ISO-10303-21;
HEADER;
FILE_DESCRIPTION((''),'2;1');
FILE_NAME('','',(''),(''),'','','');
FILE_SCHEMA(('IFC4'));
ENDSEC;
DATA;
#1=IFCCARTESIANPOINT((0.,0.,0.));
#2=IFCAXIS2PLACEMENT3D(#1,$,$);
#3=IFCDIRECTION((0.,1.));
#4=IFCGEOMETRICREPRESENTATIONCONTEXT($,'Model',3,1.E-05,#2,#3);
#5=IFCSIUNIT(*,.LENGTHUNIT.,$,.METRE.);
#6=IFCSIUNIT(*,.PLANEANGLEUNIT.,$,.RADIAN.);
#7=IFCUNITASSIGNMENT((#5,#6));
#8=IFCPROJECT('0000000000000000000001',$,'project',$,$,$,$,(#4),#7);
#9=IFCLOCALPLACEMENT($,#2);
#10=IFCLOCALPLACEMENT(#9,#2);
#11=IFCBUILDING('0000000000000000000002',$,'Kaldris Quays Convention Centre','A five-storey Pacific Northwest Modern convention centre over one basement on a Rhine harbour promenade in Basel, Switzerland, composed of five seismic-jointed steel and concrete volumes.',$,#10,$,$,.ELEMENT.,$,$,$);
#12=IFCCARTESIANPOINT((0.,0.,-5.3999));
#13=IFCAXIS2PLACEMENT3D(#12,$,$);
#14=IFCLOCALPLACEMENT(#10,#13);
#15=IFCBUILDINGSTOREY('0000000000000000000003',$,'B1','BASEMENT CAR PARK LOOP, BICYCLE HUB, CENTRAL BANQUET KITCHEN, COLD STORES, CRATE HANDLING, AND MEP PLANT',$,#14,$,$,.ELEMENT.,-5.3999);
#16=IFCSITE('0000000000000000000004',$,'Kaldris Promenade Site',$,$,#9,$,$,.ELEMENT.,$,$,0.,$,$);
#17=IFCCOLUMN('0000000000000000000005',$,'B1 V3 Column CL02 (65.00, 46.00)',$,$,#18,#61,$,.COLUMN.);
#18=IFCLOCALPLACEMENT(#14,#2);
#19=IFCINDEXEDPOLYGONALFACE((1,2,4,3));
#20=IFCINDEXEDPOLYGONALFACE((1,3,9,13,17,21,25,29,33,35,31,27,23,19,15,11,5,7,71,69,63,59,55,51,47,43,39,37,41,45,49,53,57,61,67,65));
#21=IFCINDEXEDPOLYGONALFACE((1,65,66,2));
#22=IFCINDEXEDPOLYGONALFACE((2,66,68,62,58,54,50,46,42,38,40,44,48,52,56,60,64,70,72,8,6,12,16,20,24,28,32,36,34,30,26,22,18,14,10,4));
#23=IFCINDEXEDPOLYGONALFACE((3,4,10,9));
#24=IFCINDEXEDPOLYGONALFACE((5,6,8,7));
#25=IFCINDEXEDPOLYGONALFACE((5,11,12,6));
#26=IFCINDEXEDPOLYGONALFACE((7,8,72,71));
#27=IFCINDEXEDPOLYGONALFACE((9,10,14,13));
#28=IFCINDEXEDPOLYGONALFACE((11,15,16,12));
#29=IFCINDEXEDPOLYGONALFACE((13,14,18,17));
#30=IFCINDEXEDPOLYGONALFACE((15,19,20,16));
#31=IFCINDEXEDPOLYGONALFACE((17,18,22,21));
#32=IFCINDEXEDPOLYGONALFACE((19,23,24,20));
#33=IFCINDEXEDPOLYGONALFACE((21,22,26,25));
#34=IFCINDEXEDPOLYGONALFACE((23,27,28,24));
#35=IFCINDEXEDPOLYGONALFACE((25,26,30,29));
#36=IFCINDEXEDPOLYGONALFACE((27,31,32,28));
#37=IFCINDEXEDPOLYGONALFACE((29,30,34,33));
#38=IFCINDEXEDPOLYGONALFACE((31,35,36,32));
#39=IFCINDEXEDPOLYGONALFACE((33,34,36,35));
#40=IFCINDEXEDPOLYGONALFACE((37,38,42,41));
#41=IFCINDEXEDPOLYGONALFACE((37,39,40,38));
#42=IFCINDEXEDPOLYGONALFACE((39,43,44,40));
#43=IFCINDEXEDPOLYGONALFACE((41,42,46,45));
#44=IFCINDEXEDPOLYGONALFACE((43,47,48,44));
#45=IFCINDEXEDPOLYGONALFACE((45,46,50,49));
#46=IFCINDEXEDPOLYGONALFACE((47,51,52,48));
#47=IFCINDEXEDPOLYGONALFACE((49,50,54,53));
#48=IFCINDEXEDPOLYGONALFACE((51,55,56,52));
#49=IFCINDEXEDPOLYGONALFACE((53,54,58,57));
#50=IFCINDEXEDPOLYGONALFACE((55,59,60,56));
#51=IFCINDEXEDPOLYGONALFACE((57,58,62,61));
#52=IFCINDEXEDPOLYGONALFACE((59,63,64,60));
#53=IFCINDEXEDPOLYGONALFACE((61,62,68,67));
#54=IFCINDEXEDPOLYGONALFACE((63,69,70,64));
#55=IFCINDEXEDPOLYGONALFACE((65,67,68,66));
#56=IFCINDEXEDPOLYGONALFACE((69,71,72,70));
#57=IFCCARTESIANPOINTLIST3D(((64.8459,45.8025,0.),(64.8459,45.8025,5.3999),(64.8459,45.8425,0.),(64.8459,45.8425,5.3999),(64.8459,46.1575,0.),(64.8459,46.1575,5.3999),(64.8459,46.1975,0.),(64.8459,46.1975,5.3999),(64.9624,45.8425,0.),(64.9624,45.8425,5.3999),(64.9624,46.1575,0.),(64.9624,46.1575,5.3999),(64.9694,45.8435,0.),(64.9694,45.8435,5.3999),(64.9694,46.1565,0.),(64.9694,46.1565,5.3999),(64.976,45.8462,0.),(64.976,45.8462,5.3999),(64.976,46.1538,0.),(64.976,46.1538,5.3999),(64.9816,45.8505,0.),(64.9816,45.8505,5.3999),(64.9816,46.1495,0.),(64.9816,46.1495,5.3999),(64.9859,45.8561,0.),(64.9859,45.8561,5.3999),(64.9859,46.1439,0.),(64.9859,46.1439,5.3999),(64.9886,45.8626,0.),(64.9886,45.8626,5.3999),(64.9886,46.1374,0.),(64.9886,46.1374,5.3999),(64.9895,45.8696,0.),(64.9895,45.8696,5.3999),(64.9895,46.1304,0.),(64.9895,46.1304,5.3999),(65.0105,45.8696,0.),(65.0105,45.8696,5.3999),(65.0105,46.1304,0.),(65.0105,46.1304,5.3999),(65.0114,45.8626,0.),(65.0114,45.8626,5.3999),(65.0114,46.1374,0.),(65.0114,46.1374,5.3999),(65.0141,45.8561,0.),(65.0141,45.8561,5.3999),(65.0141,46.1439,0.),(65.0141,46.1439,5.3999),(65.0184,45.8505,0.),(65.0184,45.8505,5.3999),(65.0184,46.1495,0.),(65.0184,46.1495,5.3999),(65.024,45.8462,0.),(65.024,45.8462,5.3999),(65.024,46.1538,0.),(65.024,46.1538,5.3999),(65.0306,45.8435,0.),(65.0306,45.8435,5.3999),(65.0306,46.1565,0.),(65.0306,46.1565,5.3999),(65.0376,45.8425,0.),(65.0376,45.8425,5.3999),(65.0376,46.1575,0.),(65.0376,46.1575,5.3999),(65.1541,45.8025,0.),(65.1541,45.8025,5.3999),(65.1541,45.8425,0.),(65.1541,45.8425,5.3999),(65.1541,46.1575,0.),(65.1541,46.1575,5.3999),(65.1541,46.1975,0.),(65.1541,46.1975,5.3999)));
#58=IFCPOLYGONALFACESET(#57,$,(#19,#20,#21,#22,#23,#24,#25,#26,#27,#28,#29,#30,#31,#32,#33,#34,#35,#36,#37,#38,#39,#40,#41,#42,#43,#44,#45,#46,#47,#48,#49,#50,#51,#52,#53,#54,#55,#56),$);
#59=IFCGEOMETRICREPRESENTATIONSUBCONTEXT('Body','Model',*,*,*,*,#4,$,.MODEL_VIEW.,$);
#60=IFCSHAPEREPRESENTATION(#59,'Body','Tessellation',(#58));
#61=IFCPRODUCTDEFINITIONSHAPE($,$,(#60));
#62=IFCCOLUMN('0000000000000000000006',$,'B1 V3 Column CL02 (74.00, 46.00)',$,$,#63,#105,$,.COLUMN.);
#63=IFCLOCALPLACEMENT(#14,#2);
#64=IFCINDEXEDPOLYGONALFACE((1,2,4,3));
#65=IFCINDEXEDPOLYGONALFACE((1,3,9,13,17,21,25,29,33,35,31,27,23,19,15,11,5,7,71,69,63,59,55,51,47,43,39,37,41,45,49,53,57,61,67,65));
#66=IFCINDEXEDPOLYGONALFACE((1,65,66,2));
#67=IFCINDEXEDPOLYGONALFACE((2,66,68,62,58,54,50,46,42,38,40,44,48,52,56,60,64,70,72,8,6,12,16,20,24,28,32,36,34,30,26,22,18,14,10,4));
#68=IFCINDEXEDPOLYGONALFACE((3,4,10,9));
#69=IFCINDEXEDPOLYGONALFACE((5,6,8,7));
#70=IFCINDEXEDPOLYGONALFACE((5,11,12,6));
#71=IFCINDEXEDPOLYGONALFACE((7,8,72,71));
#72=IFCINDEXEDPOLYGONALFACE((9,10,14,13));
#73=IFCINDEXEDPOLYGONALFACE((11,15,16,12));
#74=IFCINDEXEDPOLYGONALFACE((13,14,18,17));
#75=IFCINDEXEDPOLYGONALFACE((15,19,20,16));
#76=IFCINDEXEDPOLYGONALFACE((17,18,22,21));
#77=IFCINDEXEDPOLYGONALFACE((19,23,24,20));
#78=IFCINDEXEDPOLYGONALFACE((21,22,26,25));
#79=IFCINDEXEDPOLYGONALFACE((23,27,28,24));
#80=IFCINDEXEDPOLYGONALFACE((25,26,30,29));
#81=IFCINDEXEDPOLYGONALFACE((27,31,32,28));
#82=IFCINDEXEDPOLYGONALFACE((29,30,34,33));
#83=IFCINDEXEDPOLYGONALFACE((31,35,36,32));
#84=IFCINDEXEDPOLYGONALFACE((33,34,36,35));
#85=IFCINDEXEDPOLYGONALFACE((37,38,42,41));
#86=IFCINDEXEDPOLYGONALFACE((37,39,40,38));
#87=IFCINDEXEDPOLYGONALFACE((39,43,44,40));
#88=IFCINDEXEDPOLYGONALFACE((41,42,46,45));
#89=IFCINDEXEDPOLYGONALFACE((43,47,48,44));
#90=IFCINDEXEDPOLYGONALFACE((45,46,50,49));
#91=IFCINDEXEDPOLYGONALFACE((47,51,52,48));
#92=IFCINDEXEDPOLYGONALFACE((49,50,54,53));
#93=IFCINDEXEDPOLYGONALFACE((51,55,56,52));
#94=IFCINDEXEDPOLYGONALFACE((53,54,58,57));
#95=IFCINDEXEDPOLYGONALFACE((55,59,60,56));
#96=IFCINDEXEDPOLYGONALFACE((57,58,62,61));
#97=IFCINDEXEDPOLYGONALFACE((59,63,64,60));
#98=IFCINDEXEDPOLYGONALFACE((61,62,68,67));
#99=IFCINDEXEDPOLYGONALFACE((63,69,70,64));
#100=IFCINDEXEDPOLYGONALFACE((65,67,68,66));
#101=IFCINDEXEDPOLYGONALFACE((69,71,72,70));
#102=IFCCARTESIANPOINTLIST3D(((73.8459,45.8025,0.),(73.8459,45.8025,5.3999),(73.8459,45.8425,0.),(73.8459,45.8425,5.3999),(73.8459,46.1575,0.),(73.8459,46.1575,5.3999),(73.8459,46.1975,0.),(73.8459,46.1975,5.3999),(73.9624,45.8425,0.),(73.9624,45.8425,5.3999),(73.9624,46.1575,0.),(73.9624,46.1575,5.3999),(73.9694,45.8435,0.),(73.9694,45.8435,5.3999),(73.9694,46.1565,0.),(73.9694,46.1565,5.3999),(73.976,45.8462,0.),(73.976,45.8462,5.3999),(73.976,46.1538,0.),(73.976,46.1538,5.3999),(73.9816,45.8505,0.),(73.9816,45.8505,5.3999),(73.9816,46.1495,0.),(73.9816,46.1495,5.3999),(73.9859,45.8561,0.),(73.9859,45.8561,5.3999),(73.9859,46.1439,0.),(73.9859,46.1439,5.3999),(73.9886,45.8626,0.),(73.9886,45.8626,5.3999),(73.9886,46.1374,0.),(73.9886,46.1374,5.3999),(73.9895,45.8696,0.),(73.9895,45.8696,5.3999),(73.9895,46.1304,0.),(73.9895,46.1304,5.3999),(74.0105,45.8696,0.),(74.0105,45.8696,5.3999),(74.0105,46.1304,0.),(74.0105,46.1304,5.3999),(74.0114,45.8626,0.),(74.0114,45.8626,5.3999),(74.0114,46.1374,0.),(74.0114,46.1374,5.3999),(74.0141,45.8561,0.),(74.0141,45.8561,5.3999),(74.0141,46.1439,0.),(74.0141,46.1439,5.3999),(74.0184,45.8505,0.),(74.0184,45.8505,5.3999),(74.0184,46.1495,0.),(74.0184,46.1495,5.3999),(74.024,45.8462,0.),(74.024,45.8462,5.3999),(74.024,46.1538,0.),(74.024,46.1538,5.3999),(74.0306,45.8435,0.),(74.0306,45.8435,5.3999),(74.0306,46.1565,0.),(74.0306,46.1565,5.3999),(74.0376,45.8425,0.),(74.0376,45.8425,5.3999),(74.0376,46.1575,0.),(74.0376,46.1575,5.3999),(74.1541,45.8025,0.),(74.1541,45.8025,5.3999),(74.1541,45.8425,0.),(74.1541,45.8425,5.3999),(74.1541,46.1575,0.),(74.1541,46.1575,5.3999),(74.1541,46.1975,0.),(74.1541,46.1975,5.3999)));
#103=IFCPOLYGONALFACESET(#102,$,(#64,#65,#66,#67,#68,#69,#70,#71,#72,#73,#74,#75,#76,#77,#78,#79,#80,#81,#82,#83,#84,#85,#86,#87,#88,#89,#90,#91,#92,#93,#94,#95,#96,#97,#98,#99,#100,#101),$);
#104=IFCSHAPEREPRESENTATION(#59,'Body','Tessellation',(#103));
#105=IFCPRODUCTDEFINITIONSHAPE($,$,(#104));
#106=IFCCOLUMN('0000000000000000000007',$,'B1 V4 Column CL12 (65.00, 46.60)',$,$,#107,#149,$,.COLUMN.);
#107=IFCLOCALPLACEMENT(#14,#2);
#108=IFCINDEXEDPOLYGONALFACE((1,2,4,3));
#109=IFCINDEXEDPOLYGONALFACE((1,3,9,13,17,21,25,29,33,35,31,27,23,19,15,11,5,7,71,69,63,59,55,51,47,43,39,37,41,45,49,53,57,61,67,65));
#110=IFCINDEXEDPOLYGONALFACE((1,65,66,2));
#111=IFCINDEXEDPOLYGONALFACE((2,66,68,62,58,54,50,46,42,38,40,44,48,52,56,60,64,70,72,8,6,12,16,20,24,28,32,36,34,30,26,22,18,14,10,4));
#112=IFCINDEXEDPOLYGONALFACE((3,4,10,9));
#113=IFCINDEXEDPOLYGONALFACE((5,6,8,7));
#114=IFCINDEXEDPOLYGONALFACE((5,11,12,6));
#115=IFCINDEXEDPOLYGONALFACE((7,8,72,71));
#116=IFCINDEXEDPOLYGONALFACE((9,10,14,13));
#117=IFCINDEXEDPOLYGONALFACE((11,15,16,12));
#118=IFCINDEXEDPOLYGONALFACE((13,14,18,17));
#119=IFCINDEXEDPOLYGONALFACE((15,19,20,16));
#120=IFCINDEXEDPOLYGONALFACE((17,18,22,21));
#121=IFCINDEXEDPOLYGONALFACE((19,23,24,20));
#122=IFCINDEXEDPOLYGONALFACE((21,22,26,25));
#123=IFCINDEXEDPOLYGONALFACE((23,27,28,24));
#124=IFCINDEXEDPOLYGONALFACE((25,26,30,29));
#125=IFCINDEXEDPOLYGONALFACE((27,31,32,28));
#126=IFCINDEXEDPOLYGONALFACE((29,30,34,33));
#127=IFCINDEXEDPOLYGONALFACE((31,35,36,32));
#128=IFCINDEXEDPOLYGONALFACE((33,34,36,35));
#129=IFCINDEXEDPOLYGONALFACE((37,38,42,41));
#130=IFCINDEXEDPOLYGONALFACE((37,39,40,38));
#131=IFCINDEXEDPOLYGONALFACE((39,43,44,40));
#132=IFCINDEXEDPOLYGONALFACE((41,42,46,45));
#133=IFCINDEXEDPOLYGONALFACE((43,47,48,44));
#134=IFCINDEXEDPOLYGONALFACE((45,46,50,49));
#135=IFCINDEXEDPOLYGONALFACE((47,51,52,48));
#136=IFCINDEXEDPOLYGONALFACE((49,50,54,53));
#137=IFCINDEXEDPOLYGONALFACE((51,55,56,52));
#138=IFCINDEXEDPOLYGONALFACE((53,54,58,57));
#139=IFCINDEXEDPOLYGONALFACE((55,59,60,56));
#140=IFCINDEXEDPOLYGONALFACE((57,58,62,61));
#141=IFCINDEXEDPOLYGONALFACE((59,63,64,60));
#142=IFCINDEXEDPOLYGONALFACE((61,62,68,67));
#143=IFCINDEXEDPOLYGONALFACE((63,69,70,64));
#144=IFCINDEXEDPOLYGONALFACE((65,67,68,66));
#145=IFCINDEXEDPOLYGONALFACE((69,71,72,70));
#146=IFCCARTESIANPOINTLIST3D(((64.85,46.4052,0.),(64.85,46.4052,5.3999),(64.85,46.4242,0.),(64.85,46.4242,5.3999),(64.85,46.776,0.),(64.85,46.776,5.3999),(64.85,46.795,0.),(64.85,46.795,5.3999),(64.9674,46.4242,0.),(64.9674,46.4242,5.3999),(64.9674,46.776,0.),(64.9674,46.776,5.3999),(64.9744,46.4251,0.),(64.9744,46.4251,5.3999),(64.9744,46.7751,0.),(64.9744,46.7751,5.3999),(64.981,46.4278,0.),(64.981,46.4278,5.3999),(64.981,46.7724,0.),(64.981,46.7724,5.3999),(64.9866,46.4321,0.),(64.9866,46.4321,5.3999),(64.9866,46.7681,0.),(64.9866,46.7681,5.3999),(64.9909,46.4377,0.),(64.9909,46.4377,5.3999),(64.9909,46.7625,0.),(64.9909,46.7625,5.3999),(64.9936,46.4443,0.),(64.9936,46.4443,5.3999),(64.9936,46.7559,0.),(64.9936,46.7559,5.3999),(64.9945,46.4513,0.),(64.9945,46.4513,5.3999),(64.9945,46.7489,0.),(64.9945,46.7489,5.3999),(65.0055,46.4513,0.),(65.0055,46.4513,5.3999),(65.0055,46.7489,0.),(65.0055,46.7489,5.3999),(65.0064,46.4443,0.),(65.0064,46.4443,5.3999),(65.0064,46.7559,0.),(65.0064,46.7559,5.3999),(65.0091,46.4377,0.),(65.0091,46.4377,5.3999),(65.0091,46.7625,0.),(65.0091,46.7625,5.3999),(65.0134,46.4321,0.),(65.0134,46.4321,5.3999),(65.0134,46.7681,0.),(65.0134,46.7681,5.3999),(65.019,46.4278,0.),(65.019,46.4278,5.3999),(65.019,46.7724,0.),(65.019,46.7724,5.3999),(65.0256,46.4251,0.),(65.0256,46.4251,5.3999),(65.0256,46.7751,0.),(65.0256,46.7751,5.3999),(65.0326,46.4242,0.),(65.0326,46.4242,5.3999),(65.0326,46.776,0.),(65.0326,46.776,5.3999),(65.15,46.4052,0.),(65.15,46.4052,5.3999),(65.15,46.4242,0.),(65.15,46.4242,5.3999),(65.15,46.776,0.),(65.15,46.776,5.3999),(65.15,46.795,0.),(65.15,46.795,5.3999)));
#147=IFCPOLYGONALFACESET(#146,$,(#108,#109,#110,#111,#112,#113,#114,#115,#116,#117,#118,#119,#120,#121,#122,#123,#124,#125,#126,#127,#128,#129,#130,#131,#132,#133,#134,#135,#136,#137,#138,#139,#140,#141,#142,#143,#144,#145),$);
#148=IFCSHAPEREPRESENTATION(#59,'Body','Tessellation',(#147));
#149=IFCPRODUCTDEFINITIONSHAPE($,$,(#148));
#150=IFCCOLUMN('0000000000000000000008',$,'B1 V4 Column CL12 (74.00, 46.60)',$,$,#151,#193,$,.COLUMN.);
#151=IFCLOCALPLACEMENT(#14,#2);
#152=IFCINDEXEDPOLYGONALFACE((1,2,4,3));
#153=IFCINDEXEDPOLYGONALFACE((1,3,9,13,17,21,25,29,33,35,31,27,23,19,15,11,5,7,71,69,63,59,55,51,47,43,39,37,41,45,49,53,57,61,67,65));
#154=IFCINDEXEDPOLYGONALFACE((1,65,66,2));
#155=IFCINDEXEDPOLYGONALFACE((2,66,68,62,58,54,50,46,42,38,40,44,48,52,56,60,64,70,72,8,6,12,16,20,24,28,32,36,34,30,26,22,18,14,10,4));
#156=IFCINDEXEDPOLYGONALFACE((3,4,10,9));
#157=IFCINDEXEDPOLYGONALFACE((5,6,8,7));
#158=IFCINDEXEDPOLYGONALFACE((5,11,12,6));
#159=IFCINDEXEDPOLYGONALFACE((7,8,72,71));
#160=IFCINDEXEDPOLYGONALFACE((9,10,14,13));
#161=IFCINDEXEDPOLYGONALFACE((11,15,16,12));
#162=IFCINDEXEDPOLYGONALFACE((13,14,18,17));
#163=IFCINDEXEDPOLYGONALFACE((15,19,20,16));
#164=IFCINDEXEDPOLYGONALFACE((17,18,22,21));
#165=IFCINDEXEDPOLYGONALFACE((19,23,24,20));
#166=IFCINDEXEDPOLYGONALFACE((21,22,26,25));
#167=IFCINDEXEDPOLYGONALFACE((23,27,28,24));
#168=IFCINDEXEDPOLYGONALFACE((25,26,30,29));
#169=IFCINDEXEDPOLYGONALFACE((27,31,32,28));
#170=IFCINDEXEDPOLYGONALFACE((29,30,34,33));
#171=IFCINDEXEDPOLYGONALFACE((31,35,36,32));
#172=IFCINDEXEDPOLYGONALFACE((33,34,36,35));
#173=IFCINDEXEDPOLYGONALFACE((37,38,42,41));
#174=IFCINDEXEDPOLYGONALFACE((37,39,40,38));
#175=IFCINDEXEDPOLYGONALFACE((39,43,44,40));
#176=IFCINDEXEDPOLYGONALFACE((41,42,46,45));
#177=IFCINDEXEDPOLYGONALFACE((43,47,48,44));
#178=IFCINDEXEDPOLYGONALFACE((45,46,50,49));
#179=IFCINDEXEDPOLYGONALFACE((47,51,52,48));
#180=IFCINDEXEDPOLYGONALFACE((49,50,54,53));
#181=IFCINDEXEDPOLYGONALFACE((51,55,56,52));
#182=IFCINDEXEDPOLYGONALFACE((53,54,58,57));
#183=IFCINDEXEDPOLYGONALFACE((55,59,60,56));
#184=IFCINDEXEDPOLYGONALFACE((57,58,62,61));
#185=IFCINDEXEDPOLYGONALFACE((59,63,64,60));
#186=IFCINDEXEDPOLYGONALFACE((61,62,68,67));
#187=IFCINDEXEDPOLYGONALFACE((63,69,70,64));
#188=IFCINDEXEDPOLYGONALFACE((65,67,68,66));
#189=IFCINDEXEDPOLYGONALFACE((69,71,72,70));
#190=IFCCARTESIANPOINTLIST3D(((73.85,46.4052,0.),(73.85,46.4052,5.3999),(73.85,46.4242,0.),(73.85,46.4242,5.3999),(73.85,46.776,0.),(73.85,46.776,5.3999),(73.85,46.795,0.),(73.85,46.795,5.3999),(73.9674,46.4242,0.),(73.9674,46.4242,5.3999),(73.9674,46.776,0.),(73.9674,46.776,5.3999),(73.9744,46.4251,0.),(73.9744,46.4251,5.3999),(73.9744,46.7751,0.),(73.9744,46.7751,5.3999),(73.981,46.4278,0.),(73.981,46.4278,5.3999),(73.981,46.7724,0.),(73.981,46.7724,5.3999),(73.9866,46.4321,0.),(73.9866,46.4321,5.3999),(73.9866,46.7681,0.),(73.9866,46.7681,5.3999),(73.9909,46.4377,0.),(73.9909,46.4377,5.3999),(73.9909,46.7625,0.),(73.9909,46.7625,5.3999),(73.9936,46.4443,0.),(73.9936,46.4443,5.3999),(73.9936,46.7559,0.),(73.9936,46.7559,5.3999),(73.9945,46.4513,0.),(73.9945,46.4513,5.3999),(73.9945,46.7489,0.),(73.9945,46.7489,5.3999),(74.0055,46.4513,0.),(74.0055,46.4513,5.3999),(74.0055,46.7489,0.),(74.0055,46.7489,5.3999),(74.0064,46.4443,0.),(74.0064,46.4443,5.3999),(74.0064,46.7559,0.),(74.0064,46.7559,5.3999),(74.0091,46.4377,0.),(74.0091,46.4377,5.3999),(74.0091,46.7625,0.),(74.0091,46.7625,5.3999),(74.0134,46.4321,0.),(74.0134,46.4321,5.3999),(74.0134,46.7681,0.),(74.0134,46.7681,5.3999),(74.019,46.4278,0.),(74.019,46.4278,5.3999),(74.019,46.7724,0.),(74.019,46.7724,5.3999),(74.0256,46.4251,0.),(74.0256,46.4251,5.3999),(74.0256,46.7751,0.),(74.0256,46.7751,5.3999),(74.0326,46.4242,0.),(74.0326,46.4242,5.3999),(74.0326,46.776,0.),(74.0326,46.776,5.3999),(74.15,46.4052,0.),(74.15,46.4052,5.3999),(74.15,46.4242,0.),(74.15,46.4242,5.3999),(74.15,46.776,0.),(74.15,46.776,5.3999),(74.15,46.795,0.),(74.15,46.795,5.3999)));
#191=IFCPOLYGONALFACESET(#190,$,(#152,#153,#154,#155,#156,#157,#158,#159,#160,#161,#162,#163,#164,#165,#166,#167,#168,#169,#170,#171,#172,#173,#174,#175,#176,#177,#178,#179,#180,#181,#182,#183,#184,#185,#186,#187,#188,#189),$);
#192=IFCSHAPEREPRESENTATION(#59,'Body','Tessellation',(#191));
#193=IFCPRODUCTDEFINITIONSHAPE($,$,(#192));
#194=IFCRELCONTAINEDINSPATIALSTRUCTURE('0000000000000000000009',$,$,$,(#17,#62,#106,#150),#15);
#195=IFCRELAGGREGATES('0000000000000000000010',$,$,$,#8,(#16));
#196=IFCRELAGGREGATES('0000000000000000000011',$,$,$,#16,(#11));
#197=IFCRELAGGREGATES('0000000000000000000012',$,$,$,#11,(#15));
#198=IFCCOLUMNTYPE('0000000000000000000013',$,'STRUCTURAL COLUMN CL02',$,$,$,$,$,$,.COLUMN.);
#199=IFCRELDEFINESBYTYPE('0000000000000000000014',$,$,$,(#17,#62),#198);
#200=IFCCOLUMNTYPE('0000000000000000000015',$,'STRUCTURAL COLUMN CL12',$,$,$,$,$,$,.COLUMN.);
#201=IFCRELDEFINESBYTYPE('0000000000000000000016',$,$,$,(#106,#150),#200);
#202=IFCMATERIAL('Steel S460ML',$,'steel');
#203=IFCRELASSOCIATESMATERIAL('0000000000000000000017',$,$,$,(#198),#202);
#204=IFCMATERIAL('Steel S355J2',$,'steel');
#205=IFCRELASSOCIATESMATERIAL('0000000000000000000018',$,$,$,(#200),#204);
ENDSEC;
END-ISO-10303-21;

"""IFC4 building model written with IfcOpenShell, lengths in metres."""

from ifc_helpers import new_model, si_unit, direction, frame, origin, origin_2d, place, context, subcontext, project, spatial, i_section, extrude, material, material_profile, profile_set, type_object, element, save


model = new_model("IFC4")

# Units and contexts
model_context = context("Model", 3, precision=1e-05, world=origin(), true_north=direction((0.0, 1.0)))
body_context = subcontext(model_context, "Body", "Model", "MODEL_VIEW")
ifc_project = project(units=[si_unit("LENGTHUNIT", "METRE"), si_unit("PLANEANGLEUNIT", "RADIAN")], contexts=[model_context])

# Site, building, storey
site_placement = place(None, origin())
site = spatial("IfcSite", under=ifc_project, at=site_placement, Name="Kaldris Promenade Site", CompositionType="ELEMENT", RefElevation=0.0)
building_placement = place(site_placement, origin())
building = spatial("IfcBuilding", under=site, at=building_placement, Name="Kaldris Quays Convention Centre", Description="A five-storey Pacific Northwest Modern convention centre over one basement on a Rhine harbour promenade in Basel, Switzerland, composed of five seismic-jointed steel and concrete volumes.", CompositionType="ELEMENT")
storey_placement = place(building_placement, frame((0.0, 0.0, -5.3999)))
storey = spatial("IfcBuildingStorey", under=building, at=storey_placement, Name="B1", Description="BASEMENT CAR PARK LOOP, BICYCLE HUB, CENTRAL BANQUET KITCHEN, COLD STORES, CRATE HANDLING, AND MEP PLANT", CompositionType="ELEMENT", Elevation=-5.3999)

# Columns
ifc_material_1 = material(Name="Steel S460ML", Category="steel")
ifc_material_profile_1 = material_profile(ifc_material_1, i_section(OverallWidth=0.3081, OverallDepth=0.395, WebThickness=0.021, FlangeThickness=0.04, FilletRadius=0.0271, at=origin_2d()), Name="HEM 360")
ifc_profile_set_1 = profile_set([ifc_material_profile_1], Name="Steel S460ML")
column_type_1 = type_object("IfcColumnType", Name="STRUCTURAL COLUMN CL02", PredefinedType="COLUMN", material=ifc_profile_set_1)
for number, where, z_axis, x_axis, name in (
    (1, (65.0, 46.0, 0.0), (0.0, 0.0, 1.0), (1.0, 0.0, 0.0), "B1 V3 Column CL02 (65.00, 46.00)"),
    (2, (74.0, 46.0, 0.0), (0.0, 0.0, 1.0), (1.0, 0.0, 0.0), "B1 V3 Column CL02 (74.00, 46.00)"),
):
    element("IfcColumn", number, at=place(storey_placement, frame(where, z_axis=z_axis, x_axis=x_axis)), inside=storey, type_object=column_type_1, Name=name, PredefinedType="COLUMN", context=body_context, shape_type="SweptSolid", body=[
        extrude(i_section(OverallWidth=0.3081, OverallDepth=0.395, WebThickness=0.021, FlangeThickness=0.04, FilletRadius=0.0271, at=origin_2d()), origin(), (0.0, 0.0, 1.0), 5.3999),
    ])
ifc_material_2 = material(Name="Steel S355J2", Category="steel")
ifc_material_profile_2 = material_profile(ifc_material_2, i_section(OverallWidth=0.3, OverallDepth=0.3899, WebThickness=0.011, FlangeThickness=0.019, FilletRadius=0.0271, at=origin_2d()), Name="HEA 400")
ifc_profile_set_2 = profile_set([ifc_material_profile_2], Name="Steel S355J2")
column_type_2 = type_object("IfcColumnType", Name="STRUCTURAL COLUMN CL12", PredefinedType="COLUMN", material=ifc_profile_set_2)
for number, where, z_axis, x_axis, name in (
    (3, (65.0, 46.6001, 0.0), (0.0, 0.0, 1.0), (1.0, 0.0, 0.0), "B1 V4 Column CL12 (65.00, 46.60)"),
    (4, (74.0, 46.6001, 0.0), (0.0, 0.0, 1.0), (1.0, 0.0, 0.0), "B1 V4 Column CL12 (74.00, 46.60)"),
):
    element("IfcColumn", number, at=place(storey_placement, frame(where, z_axis=z_axis, x_axis=x_axis)), inside=storey, type_object=column_type_2, Name=name, PredefinedType="COLUMN", context=body_context, shape_type="SweptSolid", body=[
        extrude(i_section(OverallWidth=0.3, OverallDepth=0.3899, WebThickness=0.011, FlangeThickness=0.019, FilletRadius=0.0271, at=origin_2d()), origin(), (0.0, 0.0, 1.0), 5.3999),
    ])

save(model, "model.ifc")
